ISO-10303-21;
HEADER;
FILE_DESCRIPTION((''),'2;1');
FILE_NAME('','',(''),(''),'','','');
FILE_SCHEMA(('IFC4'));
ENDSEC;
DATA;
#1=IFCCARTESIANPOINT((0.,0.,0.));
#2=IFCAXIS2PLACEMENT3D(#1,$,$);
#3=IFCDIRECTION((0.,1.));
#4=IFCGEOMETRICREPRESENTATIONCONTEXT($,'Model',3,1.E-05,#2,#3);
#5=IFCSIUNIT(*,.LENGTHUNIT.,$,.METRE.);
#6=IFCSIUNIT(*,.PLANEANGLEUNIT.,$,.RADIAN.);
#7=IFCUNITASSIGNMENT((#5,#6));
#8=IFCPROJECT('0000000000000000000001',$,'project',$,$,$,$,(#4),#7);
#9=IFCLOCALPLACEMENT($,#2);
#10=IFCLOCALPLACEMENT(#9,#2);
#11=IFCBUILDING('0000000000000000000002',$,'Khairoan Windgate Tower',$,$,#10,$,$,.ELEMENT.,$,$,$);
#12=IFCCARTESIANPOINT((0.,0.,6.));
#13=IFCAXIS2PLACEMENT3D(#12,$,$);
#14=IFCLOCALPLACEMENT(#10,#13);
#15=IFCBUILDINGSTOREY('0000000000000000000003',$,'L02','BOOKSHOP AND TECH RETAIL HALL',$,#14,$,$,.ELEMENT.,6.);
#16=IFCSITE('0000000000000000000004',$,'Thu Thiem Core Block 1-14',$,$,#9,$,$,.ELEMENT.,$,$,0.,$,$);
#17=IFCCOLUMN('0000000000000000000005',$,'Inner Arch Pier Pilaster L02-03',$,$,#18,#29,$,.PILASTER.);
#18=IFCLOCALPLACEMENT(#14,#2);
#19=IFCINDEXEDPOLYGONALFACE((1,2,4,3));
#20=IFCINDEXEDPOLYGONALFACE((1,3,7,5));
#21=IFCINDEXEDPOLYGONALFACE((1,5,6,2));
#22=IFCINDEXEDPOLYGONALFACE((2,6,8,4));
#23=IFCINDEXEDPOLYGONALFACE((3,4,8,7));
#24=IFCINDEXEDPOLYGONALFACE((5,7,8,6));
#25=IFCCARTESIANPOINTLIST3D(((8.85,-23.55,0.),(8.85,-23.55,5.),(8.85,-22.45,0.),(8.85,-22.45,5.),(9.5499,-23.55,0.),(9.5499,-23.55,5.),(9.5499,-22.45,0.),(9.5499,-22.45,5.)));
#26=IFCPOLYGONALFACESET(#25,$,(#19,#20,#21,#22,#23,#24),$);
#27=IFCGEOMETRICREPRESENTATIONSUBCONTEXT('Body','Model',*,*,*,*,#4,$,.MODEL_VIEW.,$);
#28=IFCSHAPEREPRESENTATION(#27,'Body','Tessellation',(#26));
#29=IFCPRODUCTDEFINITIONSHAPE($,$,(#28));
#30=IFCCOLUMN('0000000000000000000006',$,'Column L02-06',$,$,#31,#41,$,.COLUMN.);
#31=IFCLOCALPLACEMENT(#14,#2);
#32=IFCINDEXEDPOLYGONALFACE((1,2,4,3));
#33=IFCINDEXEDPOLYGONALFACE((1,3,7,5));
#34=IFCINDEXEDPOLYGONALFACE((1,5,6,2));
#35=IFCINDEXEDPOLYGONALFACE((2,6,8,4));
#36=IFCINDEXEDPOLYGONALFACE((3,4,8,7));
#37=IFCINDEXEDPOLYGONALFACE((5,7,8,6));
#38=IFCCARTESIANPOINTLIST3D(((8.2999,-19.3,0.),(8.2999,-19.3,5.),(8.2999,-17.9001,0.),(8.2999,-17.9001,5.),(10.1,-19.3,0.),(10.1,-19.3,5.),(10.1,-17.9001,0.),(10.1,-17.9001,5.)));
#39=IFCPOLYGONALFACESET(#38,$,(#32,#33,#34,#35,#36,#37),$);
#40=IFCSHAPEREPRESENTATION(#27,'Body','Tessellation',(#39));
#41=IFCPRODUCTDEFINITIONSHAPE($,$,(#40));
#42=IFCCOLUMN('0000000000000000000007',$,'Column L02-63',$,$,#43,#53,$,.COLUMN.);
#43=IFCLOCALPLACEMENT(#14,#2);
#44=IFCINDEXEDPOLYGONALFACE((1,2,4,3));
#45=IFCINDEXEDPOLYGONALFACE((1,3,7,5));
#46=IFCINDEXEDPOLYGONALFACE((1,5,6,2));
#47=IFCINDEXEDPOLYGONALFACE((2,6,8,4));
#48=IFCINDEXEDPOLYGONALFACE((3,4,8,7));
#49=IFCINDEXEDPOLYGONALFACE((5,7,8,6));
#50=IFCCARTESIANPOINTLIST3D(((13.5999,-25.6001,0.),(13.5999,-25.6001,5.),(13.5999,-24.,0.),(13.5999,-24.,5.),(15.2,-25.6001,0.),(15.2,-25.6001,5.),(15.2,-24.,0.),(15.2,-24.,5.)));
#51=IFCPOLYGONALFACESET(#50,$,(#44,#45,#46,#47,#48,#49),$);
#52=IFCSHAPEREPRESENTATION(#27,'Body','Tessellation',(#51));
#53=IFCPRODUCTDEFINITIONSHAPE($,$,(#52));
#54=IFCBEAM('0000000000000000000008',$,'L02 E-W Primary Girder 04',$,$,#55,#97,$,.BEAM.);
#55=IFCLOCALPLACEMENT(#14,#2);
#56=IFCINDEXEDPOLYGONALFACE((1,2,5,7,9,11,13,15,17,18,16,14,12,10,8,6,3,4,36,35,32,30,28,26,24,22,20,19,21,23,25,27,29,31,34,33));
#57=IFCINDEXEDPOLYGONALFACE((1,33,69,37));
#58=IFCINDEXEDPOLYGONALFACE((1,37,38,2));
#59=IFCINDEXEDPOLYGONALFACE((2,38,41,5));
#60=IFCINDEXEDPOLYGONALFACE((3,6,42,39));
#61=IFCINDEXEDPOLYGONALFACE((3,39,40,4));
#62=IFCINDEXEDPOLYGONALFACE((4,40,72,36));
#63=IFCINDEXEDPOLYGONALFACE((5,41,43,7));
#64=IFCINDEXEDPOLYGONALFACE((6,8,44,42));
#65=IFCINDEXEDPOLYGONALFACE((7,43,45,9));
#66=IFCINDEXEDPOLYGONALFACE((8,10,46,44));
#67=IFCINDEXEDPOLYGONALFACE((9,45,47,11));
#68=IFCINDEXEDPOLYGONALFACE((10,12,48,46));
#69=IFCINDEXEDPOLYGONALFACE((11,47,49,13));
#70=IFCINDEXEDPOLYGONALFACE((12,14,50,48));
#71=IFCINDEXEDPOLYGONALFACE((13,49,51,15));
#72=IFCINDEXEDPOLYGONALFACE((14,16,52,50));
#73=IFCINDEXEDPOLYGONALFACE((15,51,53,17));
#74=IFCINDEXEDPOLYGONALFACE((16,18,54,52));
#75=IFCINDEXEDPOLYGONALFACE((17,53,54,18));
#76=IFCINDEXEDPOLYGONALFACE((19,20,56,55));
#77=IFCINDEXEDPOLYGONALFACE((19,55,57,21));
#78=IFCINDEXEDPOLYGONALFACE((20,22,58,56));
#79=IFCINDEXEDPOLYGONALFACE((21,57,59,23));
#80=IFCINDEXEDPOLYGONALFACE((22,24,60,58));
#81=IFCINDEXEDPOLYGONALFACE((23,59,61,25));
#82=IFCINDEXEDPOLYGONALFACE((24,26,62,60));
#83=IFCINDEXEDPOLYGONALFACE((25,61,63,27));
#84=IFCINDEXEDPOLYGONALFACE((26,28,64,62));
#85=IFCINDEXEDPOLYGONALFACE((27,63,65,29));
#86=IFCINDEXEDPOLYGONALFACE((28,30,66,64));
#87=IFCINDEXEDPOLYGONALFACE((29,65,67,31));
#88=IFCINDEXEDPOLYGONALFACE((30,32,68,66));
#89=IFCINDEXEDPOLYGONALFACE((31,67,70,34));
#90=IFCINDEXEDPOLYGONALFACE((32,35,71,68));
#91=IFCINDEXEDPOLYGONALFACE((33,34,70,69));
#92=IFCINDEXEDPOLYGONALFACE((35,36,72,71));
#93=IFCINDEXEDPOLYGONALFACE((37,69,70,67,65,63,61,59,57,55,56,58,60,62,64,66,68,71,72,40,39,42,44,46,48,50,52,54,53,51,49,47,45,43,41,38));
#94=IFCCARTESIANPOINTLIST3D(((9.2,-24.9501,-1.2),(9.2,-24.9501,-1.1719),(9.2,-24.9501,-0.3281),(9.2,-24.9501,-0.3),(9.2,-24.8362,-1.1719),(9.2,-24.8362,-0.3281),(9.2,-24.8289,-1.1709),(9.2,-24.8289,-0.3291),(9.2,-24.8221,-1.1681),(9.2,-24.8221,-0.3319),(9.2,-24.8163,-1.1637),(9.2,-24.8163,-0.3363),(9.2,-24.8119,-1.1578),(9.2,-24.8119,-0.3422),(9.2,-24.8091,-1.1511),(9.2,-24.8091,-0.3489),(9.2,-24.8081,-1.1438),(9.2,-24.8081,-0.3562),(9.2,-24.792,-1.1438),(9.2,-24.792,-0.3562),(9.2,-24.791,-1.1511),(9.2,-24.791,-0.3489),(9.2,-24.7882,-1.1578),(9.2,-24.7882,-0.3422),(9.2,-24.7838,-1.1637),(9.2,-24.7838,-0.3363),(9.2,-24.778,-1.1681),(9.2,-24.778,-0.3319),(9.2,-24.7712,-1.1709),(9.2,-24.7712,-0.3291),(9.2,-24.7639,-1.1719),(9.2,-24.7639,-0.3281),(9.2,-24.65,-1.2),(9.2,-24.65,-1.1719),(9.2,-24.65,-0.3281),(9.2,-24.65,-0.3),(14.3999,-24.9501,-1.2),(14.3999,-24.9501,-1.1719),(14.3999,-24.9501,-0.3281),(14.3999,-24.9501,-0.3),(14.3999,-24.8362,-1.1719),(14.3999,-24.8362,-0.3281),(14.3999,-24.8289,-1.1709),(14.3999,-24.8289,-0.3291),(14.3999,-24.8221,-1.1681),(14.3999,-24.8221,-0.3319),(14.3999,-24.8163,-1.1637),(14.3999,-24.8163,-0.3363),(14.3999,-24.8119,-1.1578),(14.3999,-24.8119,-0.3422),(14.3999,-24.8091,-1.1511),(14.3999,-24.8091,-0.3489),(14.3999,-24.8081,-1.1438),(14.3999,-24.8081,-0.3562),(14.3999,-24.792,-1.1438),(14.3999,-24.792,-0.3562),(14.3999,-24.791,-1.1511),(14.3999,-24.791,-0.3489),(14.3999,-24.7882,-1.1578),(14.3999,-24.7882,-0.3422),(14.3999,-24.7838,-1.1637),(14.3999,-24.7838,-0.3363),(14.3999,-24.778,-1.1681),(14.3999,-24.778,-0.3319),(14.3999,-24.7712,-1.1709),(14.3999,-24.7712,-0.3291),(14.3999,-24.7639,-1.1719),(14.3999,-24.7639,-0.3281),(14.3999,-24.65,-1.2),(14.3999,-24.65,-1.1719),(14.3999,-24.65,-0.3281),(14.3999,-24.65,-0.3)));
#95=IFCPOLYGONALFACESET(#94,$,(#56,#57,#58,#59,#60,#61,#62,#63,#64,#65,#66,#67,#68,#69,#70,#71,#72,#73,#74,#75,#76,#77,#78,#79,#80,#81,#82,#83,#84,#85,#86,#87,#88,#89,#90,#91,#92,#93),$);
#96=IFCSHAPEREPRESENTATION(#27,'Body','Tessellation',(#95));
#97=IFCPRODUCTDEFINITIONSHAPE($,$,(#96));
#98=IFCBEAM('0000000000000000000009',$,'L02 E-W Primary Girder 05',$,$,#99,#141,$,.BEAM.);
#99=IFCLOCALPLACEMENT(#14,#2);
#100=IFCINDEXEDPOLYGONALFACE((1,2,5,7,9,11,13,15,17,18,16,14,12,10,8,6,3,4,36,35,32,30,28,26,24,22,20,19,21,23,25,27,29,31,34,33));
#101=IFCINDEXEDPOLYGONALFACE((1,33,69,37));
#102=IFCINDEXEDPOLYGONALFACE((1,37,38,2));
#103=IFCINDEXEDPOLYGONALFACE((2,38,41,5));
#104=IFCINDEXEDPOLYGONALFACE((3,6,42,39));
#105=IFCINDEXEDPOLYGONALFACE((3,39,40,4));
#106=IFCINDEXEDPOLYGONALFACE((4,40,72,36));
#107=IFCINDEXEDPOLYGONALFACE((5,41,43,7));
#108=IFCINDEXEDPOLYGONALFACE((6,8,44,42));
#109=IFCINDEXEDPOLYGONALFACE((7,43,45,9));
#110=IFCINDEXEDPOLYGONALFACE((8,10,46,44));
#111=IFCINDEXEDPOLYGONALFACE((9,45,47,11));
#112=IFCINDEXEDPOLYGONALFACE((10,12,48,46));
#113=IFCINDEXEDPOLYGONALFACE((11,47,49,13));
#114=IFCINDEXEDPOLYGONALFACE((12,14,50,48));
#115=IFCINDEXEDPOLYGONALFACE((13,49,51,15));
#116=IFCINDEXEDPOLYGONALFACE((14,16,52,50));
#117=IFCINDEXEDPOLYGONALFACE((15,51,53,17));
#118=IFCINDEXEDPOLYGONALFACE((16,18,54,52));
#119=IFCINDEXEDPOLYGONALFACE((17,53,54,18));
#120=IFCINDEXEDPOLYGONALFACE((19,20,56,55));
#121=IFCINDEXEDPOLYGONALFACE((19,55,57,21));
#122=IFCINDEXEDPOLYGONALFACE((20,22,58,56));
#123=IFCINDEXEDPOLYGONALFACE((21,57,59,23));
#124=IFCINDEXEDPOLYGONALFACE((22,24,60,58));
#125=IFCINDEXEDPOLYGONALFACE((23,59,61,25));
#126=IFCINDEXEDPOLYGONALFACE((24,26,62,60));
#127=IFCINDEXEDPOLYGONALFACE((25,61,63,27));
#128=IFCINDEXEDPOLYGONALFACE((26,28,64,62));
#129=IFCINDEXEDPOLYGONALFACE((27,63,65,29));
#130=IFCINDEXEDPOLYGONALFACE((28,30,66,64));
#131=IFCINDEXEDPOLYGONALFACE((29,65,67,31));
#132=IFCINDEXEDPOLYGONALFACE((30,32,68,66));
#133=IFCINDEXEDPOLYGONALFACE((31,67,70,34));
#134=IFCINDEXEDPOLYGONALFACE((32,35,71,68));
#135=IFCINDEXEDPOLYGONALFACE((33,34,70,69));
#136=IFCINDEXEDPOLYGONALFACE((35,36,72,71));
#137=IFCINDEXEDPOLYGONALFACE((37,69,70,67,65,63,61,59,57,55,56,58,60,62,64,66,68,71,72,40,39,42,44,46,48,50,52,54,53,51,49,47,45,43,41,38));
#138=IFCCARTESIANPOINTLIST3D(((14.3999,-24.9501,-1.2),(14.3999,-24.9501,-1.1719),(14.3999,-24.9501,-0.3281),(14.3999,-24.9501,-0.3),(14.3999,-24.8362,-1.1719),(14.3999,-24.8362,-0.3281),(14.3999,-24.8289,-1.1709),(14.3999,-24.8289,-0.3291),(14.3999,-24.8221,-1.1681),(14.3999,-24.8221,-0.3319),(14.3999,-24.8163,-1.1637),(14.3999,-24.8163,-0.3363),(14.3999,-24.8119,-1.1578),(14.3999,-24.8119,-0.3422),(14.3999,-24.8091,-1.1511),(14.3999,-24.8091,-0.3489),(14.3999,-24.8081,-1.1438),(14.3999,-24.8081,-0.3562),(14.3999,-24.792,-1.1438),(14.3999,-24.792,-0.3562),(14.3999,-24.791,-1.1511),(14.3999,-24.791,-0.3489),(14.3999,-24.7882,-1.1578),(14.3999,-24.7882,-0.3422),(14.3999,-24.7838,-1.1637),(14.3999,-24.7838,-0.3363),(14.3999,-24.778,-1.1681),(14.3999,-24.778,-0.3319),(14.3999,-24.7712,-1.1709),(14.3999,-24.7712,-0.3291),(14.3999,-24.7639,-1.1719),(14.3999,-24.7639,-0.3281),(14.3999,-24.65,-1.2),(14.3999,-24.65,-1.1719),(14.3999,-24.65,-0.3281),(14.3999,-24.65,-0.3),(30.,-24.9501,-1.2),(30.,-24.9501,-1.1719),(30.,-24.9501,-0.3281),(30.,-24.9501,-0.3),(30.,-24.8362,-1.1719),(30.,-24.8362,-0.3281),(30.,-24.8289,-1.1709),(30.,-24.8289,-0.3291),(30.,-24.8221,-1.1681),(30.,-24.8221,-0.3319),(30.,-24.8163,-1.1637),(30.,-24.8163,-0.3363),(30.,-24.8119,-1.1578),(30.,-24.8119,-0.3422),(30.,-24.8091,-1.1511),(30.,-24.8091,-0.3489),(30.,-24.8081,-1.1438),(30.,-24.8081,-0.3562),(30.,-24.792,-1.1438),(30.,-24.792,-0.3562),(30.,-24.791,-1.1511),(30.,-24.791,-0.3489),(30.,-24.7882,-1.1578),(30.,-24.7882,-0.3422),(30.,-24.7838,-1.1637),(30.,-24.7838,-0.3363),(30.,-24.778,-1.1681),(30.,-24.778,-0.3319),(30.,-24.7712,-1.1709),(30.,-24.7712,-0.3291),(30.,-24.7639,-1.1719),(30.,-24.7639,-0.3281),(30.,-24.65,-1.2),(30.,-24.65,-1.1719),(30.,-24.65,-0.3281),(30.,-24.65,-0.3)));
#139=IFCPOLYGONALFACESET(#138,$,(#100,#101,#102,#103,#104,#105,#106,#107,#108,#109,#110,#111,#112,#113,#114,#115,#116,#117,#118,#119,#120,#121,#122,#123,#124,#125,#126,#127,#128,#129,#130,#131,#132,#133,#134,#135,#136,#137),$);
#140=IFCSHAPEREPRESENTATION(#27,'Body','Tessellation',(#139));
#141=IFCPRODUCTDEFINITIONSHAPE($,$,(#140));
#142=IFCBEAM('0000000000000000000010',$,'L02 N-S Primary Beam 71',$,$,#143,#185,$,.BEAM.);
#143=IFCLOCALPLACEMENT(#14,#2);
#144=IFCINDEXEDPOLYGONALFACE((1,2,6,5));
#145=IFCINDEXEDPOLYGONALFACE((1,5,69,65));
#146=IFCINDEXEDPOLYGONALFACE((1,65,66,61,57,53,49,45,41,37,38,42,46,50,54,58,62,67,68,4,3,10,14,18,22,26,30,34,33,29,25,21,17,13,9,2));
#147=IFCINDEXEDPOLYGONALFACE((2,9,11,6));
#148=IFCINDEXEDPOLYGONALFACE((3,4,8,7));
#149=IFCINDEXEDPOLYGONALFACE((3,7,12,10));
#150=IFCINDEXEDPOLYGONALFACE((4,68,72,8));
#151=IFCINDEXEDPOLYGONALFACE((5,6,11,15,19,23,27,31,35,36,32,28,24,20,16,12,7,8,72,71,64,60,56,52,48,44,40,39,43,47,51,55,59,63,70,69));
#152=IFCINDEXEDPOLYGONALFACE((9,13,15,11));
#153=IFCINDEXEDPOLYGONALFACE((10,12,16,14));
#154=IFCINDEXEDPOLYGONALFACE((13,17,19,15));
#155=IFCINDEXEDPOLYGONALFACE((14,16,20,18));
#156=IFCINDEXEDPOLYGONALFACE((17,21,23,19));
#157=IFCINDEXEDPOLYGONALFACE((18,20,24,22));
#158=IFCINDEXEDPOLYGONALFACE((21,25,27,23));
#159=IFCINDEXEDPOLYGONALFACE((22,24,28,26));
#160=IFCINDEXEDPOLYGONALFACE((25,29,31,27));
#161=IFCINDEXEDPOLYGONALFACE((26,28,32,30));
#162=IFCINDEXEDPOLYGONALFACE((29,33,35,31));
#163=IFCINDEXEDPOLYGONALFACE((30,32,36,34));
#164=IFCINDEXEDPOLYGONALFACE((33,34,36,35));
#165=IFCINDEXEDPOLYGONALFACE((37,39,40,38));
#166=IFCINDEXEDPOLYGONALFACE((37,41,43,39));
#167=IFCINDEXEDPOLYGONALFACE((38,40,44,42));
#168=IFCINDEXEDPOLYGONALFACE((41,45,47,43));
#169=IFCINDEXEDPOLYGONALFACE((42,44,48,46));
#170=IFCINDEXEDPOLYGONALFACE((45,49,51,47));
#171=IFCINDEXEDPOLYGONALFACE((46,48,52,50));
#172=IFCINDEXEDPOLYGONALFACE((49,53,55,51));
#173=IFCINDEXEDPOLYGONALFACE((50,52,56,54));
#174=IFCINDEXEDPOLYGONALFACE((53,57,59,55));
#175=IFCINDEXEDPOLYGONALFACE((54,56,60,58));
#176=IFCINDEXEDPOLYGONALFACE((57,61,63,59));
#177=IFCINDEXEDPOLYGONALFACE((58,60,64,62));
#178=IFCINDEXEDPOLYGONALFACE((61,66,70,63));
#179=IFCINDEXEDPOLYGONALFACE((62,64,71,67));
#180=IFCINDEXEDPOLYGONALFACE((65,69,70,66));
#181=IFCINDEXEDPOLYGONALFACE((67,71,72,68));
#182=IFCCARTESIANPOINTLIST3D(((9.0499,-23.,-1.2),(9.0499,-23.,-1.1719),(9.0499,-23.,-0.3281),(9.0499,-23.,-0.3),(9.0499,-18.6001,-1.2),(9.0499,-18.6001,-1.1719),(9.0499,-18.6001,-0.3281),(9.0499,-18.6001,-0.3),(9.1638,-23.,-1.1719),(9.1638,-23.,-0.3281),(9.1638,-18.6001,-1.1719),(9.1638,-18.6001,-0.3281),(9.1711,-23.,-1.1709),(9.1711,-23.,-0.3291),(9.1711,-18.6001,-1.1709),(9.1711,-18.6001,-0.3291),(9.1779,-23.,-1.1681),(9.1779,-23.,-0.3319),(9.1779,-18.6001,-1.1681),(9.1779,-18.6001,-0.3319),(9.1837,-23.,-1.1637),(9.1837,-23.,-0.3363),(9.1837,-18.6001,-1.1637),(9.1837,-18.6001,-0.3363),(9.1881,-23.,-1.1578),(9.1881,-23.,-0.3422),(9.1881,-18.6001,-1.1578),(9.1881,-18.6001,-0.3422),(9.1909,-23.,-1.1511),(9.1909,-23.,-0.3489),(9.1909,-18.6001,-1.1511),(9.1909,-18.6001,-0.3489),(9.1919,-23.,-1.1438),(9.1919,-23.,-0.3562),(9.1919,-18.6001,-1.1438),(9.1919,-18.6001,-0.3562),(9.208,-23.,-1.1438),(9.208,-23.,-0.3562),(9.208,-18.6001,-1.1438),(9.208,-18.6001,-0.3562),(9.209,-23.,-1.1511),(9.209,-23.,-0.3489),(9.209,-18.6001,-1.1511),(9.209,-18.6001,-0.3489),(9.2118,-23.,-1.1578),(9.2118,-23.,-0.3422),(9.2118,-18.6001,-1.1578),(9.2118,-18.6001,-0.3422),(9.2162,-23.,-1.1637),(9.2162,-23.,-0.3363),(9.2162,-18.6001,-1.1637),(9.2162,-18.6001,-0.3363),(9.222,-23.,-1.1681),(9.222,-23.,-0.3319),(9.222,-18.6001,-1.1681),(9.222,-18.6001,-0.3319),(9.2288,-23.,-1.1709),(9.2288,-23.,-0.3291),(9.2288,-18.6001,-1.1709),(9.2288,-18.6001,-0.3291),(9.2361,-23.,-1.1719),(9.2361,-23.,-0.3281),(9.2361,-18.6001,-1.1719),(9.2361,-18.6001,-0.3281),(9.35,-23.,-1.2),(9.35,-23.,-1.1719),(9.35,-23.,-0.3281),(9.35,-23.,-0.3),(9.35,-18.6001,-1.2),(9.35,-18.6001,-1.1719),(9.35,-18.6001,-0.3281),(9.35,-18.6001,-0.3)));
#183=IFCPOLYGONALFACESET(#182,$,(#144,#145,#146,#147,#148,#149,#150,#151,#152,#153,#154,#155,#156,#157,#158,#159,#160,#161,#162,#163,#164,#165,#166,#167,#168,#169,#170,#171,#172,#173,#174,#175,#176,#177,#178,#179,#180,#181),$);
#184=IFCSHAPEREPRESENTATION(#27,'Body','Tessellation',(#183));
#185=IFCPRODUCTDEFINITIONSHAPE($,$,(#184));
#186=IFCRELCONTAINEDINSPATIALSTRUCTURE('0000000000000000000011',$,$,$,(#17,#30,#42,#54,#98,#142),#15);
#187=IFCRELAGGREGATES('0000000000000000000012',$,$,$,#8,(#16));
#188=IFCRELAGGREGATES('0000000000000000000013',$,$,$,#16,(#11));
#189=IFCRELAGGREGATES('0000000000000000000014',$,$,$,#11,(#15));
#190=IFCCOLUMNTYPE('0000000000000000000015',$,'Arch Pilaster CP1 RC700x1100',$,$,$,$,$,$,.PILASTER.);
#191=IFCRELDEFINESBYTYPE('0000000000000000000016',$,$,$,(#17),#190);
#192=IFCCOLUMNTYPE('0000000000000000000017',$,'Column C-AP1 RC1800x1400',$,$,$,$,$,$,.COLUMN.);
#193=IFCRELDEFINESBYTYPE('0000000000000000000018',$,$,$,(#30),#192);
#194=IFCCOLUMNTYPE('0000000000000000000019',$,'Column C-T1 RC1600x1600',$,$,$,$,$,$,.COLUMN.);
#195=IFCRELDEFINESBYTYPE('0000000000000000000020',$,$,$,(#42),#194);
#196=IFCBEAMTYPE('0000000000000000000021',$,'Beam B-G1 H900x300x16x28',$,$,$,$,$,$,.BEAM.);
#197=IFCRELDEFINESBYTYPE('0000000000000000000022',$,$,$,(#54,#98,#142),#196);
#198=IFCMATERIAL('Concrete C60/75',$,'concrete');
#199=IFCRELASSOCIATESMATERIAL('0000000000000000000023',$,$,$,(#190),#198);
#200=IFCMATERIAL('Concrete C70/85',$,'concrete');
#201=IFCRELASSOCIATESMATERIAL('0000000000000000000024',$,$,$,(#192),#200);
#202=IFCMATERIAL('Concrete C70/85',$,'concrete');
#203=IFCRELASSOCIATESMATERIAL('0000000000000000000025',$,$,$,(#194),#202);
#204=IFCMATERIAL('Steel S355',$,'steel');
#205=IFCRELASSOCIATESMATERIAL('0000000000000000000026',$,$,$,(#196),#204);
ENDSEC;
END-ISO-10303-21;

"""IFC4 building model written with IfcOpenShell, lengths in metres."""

from ifc_helpers import new_model, si_unit, direction, frame, origin, origin_2d, place, context, subcontext, project, spatial, rectangle, i_section, extrude, material, material_profile, profile_set, type_object, element, save


model = new_model("IFC4")

# Units and contexts
model_context = context("Model", 3, precision=1e-05, world=origin(), true_north=direction((0.0, 1.0)))
body_context = subcontext(model_context, "Body", "Model", "MODEL_VIEW")
ifc_project = project(units=[si_unit("LENGTHUNIT", "METRE"), si_unit("PLANEANGLEUNIT", "RADIAN")], contexts=[model_context])

# Site, building, storey
site_placement = place(None, origin())
site = spatial("IfcSite", under=ifc_project, at=site_placement, Name="Thu Thiem Core Block 1-14", CompositionType="ELEMENT", RefElevation=0.0)
building_placement = place(site_placement, origin())
building = spatial("IfcBuilding", under=site, at=building_placement, Name="Khairoan Windgate Tower", CompositionType="ELEMENT")
storey_placement = place(building_placement, frame((0.0, 0.0, 6.0)))
storey = spatial("IfcBuildingStorey", under=building, at=storey_placement, Name="L02", Description="BOOKSHOP AND TECH RETAIL HALL", CompositionType="ELEMENT", Elevation=6.0)

# Columns
ifc_material_1 = material(Name="Concrete C60/75", Category="concrete")
ifc_material_profile_1 = material_profile(ifc_material_1, rectangle(XDim=0.7, YDim=1.1001, at=origin_2d()))
ifc_profile_set_1 = profile_set([ifc_material_profile_1], Name="Concrete C60/75")
column_type_1 = type_object("IfcColumnType", Name="Arch Pilaster CP1 RC700x1100", PredefinedType="PILASTER", material=ifc_profile_set_1)
column_1_placement = place(storey_placement, frame((9.2, -23.0, 0.0), z_axis=(0.0, 0.0, 1.0), x_axis=(1.0, 0.0, 0.0)))
element("IfcColumn", 1, at=column_1_placement, inside=storey, type_object=column_type_1, Name="Inner Arch Pier Pilaster L02-03", PredefinedType="PILASTER", context=body_context, shape_type="SweptSolid", body=[
    extrude(rectangle(XDim=0.7, YDim=1.1001, at=origin_2d()), origin(), (0.0, 0.0, 1.0), 5.0),
])
ifc_material_2 = material(Name="Concrete C70/85", Category="concrete")
ifc_material_profile_2 = material_profile(ifc_material_2, rectangle(XDim=1.8, YDim=1.3999, at=origin_2d()))
ifc_profile_set_2 = profile_set([ifc_material_profile_2], Name="Concrete C70/85")
column_type_2 = type_object("IfcColumnType", Name="Column C-AP1 RC1800x1400", PredefinedType="COLUMN", material=ifc_profile_set_2)
column_2_placement = place(storey_placement, frame((9.2, -18.6001, 0.0), z_axis=(0.0, 0.0, 1.0), x_axis=(1.0, 0.0, 0.0)))
element("IfcColumn", 2, at=column_2_placement, inside=storey, type_object=column_type_2, Name="Column L02-06", PredefinedType="COLUMN", context=body_context, shape_type="SweptSolid", body=[
    extrude(rectangle(XDim=1.8, YDim=1.3999, at=origin_2d()), origin(), (0.0, 0.0, 1.0), 5.0),
])
ifc_material_3 = material(Name="Concrete C70/85", Category="concrete")
ifc_material_profile_3 = material_profile(ifc_material_3, rectangle(XDim=1.6001, YDim=1.6001, at=origin_2d()))
ifc_profile_set_3 = profile_set([ifc_material_profile_3], Name="Concrete C70/85")
column_type_3 = type_object("IfcColumnType", Name="Column C-T1 RC1600x1600", PredefinedType="COLUMN", material=ifc_profile_set_3)
column_3_placement = place(storey_placement, frame((14.3999, -24.8, 0.0), z_axis=(0.0, 0.0, 1.0), x_axis=(1.0, 0.0, 0.0)))
element("IfcColumn", 3, at=column_3_placement, inside=storey, type_object=column_type_3, Name="Column L02-63", PredefinedType="COLUMN", context=body_context, shape_type="SweptSolid", body=[
    extrude(rectangle(XDim=1.6001, YDim=1.6001, at=origin_2d()), origin(), (0.0, 0.0, 1.0), 5.0),
])

# Beams
ifc_material_4 = material(Name="Steel S355", Category="steel")
ifc_material_profile_4 = material_profile(ifc_material_4, i_section(OverallWidth=0.3, OverallDepth=0.8999, WebThickness=0.0161, FlangeThickness=0.0281, FilletRadius=0.0281, at=origin_2d()))
ifc_profile_set_4 = profile_set([ifc_material_profile_4], Name="Steel S355")
beam_type = type_object("IfcBeamType", Name="Beam B-G1 H900x300x16x28", PredefinedType="BEAM", material=ifc_profile_set_4)
beam_1_placement = place(storey_placement, frame((9.2, -24.8, -0.75), z_axis=(1.0, 0.0, 0.0), x_axis=(0.0, 1.0, 0.0)))
element("IfcBeam", 4, at=beam_1_placement, inside=storey, type_object=beam_type, Name="L02 E-W Primary Girder 04", PredefinedType="BEAM", context=body_context, shape_type="SweptSolid", body=[
    extrude(i_section(OverallWidth=0.3, OverallDepth=0.8999, WebThickness=0.0161, FlangeThickness=0.0281, FilletRadius=0.0281, at=origin_2d()), origin(), (0.0, 0.0, 1.0), 5.2),
])
beam_2_placement = place(storey_placement, frame((14.3999, -24.8, -0.75), z_axis=(1.0, 0.0, 0.0), x_axis=(0.0, 1.0, 0.0)))
element("IfcBeam", 5, at=beam_2_placement, inside=storey, type_object=beam_type, Name="L02 E-W Primary Girder 05", PredefinedType="BEAM", context=body_context, shape_type="SweptSolid", body=[
    extrude(i_section(OverallWidth=0.3, OverallDepth=0.8999, WebThickness=0.0161, FlangeThickness=0.0281, FilletRadius=0.0281, at=origin_2d()), origin(), (0.0, 0.0, 1.0), 15.6001),
])
beam_3_placement = place(storey_placement, frame((9.2, -23.0, -0.75), z_axis=(0.0, 1.0, 0.0), x_axis=(-1.0, 0.0, 0.0)))
element("IfcBeam", 6, at=beam_3_placement, inside=storey, type_object=beam_type, Name="L02 N-S Primary Beam 71", PredefinedType="BEAM", context=body_context, shape_type="SweptSolid", body=[
    extrude(i_section(OverallWidth=0.3, OverallDepth=0.8999, WebThickness=0.0161, FlangeThickness=0.0281, FilletRadius=0.0281, at=origin_2d()), origin(), (0.0, 0.0, 1.0), 4.3999),
])

save(model, "model.ifc")
